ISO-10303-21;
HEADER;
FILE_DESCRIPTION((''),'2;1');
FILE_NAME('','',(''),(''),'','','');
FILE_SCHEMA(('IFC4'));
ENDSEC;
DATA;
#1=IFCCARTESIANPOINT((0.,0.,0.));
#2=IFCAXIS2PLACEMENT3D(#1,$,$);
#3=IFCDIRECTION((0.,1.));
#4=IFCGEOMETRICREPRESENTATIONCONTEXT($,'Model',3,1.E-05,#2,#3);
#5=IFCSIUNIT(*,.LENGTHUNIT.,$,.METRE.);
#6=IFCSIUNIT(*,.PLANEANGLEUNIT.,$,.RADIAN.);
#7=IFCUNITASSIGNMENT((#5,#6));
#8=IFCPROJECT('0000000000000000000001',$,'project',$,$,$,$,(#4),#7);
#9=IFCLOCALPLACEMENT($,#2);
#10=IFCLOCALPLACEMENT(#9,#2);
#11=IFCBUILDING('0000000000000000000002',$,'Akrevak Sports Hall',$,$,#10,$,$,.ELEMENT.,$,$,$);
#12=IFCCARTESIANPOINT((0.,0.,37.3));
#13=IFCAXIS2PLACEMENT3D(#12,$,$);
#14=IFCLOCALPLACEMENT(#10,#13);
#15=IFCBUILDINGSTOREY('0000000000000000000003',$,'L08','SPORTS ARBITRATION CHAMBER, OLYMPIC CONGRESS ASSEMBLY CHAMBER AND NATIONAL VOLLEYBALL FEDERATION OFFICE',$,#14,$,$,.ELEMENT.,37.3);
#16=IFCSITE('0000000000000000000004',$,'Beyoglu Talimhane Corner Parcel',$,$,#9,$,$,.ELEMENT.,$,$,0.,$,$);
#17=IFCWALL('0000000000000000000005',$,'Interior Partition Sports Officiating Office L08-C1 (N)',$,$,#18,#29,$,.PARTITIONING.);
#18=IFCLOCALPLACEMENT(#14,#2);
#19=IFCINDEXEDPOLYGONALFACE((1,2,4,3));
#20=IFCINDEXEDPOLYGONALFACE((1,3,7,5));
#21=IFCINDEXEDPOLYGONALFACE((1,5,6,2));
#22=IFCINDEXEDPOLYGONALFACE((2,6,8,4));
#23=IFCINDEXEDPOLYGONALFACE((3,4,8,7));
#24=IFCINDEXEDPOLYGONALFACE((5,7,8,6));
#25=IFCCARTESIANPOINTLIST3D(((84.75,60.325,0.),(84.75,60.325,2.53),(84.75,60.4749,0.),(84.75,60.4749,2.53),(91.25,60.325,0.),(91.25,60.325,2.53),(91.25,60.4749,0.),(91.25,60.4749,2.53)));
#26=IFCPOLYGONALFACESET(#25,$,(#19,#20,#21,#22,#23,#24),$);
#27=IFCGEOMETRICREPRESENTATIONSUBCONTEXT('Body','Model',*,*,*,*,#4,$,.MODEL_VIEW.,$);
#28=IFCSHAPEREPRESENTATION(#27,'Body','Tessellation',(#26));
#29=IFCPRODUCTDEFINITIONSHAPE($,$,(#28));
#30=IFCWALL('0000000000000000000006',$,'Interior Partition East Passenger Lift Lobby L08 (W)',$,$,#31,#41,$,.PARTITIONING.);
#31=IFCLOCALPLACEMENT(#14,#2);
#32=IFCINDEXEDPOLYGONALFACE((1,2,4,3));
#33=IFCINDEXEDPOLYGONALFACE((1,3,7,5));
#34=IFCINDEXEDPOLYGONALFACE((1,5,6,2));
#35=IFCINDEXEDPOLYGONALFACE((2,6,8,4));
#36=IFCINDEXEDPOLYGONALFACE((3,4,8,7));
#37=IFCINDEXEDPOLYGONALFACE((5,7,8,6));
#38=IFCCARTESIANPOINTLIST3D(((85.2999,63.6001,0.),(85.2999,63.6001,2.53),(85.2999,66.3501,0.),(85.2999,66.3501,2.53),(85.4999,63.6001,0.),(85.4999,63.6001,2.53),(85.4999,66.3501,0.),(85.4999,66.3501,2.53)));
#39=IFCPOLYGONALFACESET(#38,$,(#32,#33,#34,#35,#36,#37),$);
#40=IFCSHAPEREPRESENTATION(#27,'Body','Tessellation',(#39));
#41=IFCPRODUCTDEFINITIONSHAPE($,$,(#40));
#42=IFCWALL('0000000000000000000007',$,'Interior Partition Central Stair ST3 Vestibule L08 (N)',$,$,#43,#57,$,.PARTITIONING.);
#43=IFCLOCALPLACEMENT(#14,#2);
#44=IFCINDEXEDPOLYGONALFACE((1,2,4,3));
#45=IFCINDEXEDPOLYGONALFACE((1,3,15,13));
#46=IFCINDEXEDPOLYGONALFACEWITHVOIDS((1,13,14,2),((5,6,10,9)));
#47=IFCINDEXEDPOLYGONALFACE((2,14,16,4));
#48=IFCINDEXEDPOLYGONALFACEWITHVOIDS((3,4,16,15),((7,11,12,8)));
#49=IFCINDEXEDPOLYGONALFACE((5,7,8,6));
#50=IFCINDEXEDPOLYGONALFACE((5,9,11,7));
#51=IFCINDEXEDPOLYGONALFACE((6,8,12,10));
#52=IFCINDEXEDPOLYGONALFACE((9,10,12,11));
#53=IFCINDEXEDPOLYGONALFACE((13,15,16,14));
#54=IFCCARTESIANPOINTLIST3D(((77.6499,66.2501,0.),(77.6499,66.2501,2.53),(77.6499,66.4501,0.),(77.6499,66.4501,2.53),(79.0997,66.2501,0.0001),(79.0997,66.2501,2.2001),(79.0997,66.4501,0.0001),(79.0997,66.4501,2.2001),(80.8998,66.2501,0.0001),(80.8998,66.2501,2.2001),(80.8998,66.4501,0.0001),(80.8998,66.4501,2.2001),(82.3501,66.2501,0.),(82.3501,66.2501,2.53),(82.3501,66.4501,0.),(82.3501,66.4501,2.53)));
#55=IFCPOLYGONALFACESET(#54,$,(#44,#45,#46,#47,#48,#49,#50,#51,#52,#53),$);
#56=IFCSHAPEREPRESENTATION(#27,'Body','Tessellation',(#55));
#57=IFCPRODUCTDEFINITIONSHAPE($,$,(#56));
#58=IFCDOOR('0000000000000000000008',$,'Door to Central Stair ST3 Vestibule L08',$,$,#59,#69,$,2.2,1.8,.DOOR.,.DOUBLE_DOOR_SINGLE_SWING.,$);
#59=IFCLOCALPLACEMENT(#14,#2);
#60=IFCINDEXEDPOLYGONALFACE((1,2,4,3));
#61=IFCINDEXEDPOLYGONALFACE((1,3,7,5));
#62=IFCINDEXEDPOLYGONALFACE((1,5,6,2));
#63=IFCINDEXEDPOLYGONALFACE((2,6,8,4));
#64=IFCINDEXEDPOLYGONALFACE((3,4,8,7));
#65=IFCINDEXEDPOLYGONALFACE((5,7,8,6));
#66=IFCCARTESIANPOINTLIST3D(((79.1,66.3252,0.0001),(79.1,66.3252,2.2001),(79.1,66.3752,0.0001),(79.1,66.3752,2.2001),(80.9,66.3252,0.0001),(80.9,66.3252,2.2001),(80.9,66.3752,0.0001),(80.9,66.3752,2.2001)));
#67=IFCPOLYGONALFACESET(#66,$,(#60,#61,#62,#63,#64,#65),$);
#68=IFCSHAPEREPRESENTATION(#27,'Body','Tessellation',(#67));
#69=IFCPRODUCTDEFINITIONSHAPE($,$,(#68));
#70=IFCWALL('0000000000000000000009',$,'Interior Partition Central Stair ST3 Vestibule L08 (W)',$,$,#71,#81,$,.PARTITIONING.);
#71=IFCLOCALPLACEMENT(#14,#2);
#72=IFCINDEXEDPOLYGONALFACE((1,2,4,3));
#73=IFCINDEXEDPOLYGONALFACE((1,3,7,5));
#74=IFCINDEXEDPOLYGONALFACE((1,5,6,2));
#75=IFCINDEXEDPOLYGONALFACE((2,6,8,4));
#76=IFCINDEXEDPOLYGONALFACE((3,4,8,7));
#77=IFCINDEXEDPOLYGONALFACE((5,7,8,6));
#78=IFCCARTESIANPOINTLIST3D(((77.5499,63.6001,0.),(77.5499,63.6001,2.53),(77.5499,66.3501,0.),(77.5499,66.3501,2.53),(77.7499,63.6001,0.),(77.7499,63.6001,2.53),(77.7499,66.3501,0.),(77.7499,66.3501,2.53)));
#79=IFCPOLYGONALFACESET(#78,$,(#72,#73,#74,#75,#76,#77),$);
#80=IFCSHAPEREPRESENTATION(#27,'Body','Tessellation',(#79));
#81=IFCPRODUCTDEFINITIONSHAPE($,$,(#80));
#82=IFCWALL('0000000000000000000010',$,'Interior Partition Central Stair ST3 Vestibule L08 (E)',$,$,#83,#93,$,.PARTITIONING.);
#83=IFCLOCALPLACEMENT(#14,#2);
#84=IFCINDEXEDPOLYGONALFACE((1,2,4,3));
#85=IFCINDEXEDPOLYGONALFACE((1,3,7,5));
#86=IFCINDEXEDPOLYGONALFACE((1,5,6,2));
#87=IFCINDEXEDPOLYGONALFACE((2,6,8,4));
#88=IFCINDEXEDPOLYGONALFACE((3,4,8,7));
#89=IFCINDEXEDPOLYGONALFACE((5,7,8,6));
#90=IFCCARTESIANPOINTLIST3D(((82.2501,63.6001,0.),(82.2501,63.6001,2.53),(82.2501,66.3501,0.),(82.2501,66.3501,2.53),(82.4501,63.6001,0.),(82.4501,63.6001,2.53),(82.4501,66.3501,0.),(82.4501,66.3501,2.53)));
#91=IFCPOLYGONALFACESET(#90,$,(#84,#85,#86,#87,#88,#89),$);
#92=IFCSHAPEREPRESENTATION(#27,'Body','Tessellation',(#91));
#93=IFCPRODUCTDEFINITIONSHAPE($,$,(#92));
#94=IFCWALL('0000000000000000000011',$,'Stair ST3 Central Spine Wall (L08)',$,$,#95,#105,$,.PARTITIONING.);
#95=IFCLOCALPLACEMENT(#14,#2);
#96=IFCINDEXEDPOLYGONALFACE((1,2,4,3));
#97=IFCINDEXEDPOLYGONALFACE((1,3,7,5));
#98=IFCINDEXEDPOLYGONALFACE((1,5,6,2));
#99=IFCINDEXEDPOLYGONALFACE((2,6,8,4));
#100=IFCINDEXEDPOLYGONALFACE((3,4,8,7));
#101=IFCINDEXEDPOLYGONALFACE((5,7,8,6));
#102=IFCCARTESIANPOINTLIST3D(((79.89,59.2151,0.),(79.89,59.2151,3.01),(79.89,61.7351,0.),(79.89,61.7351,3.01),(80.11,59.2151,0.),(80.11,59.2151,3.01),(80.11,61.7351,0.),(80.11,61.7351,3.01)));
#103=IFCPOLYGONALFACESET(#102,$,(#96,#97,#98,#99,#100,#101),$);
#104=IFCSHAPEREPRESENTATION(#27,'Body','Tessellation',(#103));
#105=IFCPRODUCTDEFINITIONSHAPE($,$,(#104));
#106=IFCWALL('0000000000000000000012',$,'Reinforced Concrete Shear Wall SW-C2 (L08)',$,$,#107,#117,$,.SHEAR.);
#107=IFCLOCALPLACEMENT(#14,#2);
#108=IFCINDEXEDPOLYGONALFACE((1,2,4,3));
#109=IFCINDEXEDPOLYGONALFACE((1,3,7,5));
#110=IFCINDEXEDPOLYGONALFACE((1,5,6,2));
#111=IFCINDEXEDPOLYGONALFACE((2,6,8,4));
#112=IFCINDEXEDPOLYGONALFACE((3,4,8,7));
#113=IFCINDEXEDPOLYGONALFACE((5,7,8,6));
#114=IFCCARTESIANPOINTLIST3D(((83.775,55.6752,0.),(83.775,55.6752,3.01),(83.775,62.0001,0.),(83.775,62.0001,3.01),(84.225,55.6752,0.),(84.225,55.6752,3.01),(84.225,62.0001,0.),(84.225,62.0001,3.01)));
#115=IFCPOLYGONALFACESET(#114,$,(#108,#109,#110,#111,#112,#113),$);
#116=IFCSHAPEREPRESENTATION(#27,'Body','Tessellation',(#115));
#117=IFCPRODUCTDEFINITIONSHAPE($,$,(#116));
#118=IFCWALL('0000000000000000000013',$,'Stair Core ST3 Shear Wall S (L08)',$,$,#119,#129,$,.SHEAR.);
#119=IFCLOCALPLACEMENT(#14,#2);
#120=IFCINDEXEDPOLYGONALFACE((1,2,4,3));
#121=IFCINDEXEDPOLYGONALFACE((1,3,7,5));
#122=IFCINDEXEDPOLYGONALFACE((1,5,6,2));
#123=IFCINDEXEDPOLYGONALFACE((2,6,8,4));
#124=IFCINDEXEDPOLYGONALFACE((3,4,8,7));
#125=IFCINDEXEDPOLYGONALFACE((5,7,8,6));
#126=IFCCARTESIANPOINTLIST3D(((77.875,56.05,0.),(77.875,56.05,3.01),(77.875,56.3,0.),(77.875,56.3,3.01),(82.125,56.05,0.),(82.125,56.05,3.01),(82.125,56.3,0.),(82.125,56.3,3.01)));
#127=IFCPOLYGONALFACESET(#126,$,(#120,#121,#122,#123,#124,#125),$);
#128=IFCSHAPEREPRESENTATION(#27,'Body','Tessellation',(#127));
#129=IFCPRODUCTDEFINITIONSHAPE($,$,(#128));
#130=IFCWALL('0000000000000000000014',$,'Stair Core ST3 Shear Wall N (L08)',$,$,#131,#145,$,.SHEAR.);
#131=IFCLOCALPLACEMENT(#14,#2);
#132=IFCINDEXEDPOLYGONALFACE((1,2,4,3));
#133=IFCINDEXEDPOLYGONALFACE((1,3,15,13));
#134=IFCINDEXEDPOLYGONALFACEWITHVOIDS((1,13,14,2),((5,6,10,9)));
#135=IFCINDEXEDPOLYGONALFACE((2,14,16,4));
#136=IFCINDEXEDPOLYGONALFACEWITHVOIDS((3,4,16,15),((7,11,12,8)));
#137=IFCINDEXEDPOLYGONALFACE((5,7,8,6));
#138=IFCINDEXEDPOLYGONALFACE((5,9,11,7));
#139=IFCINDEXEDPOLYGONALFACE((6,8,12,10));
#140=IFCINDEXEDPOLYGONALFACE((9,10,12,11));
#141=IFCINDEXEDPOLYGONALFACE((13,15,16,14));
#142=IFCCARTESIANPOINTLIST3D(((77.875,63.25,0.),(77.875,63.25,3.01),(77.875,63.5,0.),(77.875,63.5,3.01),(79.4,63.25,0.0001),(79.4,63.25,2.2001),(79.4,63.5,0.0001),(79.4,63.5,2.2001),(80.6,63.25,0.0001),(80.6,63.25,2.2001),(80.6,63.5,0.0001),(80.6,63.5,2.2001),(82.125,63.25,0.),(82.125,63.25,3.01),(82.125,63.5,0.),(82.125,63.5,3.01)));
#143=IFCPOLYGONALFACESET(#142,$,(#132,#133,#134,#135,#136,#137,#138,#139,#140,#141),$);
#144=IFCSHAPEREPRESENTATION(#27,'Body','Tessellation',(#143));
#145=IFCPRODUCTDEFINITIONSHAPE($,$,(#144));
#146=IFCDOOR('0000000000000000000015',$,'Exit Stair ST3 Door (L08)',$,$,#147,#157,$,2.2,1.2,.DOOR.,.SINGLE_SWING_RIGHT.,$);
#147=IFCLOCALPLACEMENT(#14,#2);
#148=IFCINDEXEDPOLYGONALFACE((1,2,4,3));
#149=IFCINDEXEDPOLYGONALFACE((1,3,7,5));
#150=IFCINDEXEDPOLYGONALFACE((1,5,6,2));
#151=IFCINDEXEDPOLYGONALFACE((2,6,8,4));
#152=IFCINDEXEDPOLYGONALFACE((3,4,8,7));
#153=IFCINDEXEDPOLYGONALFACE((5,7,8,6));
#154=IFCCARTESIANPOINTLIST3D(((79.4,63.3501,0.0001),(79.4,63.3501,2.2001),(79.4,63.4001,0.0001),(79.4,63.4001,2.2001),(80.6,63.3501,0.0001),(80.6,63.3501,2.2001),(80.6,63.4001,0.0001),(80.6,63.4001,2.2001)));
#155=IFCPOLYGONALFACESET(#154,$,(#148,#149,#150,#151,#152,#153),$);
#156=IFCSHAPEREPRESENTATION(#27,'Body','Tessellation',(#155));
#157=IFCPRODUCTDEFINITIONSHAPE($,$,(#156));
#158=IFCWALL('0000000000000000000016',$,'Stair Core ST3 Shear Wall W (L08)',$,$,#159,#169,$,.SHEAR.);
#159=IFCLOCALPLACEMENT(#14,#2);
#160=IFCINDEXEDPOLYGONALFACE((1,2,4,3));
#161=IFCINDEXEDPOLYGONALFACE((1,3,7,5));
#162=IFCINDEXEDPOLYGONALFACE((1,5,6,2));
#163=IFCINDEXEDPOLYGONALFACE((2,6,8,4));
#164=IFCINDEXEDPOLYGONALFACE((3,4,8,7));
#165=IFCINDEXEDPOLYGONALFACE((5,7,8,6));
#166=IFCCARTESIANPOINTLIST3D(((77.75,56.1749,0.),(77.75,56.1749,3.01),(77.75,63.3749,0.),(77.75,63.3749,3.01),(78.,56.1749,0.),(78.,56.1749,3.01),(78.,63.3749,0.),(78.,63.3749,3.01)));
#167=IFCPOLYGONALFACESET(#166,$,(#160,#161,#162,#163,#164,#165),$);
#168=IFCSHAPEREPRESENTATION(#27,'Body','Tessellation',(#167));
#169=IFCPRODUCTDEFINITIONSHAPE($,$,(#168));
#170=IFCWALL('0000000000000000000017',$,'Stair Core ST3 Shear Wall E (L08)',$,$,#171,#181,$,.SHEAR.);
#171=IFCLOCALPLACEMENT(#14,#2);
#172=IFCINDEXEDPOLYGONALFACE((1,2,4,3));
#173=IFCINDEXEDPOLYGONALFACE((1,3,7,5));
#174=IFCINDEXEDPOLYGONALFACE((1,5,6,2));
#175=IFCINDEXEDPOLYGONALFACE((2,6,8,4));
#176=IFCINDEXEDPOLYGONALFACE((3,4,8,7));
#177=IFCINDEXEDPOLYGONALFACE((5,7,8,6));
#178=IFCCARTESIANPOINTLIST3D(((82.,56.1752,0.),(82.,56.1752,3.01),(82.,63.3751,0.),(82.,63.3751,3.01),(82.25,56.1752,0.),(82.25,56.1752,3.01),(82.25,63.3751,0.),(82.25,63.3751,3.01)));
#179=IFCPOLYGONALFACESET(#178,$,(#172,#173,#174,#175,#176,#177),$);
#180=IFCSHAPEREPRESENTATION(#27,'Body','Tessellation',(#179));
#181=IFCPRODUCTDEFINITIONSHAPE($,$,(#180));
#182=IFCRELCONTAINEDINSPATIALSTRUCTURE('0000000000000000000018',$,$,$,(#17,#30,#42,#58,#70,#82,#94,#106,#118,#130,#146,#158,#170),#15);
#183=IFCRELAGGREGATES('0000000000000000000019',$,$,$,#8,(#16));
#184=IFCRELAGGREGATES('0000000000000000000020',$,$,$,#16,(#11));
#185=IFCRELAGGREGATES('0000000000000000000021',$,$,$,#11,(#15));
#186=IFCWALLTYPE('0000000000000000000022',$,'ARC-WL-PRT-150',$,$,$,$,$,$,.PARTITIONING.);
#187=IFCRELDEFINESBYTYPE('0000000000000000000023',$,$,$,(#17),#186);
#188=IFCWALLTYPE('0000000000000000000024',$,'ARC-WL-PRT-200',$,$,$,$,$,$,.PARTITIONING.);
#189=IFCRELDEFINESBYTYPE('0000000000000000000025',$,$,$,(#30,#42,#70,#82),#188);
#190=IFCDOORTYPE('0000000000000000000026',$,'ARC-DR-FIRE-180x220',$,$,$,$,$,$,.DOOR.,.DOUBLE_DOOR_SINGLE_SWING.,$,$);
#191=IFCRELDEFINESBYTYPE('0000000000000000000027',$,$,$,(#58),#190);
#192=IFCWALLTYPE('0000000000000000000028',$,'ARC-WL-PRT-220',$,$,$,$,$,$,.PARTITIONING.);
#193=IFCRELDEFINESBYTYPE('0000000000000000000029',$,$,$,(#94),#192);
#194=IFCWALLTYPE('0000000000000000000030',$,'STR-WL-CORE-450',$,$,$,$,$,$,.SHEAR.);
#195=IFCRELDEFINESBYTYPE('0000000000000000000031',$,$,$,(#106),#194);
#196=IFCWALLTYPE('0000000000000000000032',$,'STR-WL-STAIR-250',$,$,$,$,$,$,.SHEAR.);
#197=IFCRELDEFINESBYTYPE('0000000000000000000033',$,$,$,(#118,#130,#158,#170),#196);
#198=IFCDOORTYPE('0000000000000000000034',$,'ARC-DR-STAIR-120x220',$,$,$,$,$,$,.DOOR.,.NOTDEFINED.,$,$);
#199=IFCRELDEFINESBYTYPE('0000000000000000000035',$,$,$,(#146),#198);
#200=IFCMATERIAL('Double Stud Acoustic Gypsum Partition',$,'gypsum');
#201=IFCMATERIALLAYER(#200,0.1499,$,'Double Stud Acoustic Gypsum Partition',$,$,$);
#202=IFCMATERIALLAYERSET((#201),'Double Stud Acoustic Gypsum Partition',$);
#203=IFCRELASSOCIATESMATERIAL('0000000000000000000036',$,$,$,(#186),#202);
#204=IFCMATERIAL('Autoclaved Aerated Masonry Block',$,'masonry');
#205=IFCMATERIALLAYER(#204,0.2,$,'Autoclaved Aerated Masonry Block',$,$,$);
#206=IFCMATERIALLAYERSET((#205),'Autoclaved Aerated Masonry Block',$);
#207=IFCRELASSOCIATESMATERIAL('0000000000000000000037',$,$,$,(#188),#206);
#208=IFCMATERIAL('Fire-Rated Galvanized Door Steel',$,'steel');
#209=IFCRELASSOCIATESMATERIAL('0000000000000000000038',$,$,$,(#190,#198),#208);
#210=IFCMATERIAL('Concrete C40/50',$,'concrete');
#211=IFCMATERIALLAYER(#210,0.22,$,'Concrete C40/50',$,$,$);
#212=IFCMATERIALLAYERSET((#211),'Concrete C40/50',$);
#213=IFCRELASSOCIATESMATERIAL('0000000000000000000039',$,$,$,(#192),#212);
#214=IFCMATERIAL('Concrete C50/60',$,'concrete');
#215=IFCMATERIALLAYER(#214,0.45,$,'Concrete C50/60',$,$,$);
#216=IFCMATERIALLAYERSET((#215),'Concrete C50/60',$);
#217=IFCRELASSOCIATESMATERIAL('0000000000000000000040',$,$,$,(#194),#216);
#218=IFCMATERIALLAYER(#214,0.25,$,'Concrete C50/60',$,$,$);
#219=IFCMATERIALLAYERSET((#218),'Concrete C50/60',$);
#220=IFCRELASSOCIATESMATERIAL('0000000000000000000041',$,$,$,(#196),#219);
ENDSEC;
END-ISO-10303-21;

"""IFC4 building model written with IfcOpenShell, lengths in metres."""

from ifc_helpers import new_model, si_unit, direction, frame, frame_2d, origin, place, context, subcontext, project, spatial, rectangle, extrude, material, layer, layer_set, type_object, element, fill, save


model = new_model("IFC4")

# Units and contexts
model_context = context("Model", 3, precision=1e-05, world=origin(), true_north=direction((0.0, 1.0)))
body_context = subcontext(model_context, "Body", "Model", "MODEL_VIEW")
ifc_project = project(units=[si_unit("LENGTHUNIT", "METRE"), si_unit("PLANEANGLEUNIT", "RADIAN")], contexts=[model_context])

# Site, building, storey
site_placement = place(None, origin())
site = spatial("IfcSite", under=ifc_project, at=site_placement, Name="Beyoglu Talimhane Corner Parcel", CompositionType="ELEMENT", RefElevation=0.0)
building_placement = place(site_placement, origin())
building = spatial("IfcBuilding", under=site, at=building_placement, Name="Akrevak Sports Hall", CompositionType="ELEMENT")
storey_placement = place(building_placement, frame((0.0, 0.0, 37.3)))
storey = spatial("IfcBuildingStorey", under=building, at=storey_placement, Name="L08", Description="SPORTS ARBITRATION CHAMBER, OLYMPIC CONGRESS ASSEMBLY CHAMBER AND NATIONAL VOLLEYBALL FEDERATION OFFICE", CompositionType="ELEMENT", Elevation=37.3)

# Shared definitions
ifc_material_1 = material(Name="Concrete C40/50", Category="concrete")

# Walls
ifc_material_2 = material(Name="Double Stud Acoustic Gypsum Partition", Category="gypsum")
ifc_layer_1 = layer(ifc_material_2, 0.1499, Name="Double Stud Acoustic Gypsum Partition")
ifc_layer_set_1 = layer_set([ifc_layer_1], Name="Double Stud Acoustic Gypsum Partition")
wall_type_1 = type_object("IfcWallType", Name="ARC-WL-PRT-150", PredefinedType="PARTITIONING", material=ifc_layer_set_1)
wall_1_placement = place(storey_placement, frame((84.75, 60.3999, 0.0), z_axis=(0.0, 0.0, 1.0), x_axis=(1.0, 0.0, 0.0)))
element("IfcWall", 1, at=wall_1_placement, inside=storey, type_object=wall_type_1, Name="Interior Partition Sports Officiating Office L08-C1 (N)", PredefinedType="PARTITIONING", context=body_context, shape_type="SweptSolid", body=[
    extrude(rectangle(XDim=6.5, YDim=0.1499, at=frame_2d((3.25, 0.0))), origin(), (0.0, 0.0, 1.0), 2.53),
])
ifc_material_3 = material(Name="Autoclaved Aerated Masonry Block", Category="masonry")
ifc_layer_2 = layer(ifc_material_3, 0.2, Name="Autoclaved Aerated Masonry Block")
ifc_layer_set_2 = layer_set([ifc_layer_2], Name="Autoclaved Aerated Masonry Block")
wall_type_2 = type_object("IfcWallType", Name="ARC-WL-PRT-200", PredefinedType="PARTITIONING", material=ifc_layer_set_2)
wall_2_placement = place(storey_placement, frame((85.3999, 63.6001, 0.0), z_axis=(0.0, 0.0, 1.0), x_axis=(0.0, 1.0, 0.0)))
element("IfcWall", 2, at=wall_2_placement, inside=storey, type_object=wall_type_2, Name="Interior Partition East Passenger Lift Lobby L08 (W)", PredefinedType="PARTITIONING", context=body_context, shape_type="SweptSolid", body=[
    extrude(rectangle(XDim=2.75, YDim=0.2, at=frame_2d((1.375, 0.0))), origin(), (0.0, 0.0, 1.0), 2.53),
])

# Wall, opening, door
wall_3_placement = place(storey_placement, frame((77.6499, 66.3501, 0.0), z_axis=(0.0, 0.0, 1.0), x_axis=(1.0, 0.0, 0.0)))
wall_3 = element("IfcWall", 3, at=wall_3_placement, inside=storey, type_object=wall_type_2, Name="Interior Partition Central Stair ST3 Vestibule L08 (N)", PredefinedType="PARTITIONING", context=body_context, shape_type="SweptSolid", body=[
    extrude(rectangle(XDim=4.7002, YDim=0.2, at=frame_2d((2.3501, 0.0))), origin(), (0.0, 0.0, 1.0), 2.53),
])
opening_1_placement = place(wall_3_placement, frame((1.45, 0.0, 0.0)))
opening_1 = element("IfcOpeningElement", 4, at=opening_1_placement, cuts=wall_3, PredefinedType="OPENING", context=body_context, shape_type="SweptSolid", body=[
    extrude(rectangle(XDim=1.8, YDim=2.2, at=frame_2d((0.8999, 1.1001))), frame((0.0, 0.1118, 0.0), z_axis=(0.0, -1.0, 0.0), x_axis=(1.0, 0.0, 0.0)), (0.0, 0.0, 1.0), 0.2239),
])
ifc_material_4 = material(Name="Fire-Rated Galvanized Door Steel", Category="steel")
door_type_1 = type_object("IfcDoorType", Name="ARC-DR-FIRE-180x220", OperationType="DOUBLE_DOOR_SINGLE_SWING", PredefinedType="DOOR", material=ifc_material_4)
door_1_placement = place(opening_1_placement, frame((1.8, 0.0, 0.0), z_axis=(0.0, 0.0, 1.0), x_axis=(-1.0, 0.0, 0.0)))
door_1 = element("IfcDoor", 5, at=door_1_placement, inside=storey, type_object=door_type_1, Name="Door to Central Stair ST3 Vestibule L08", OperationType="DOUBLE_DOOR_SINGLE_SWING", OverallHeight=2.2, OverallWidth=1.8, PredefinedType="DOOR", context=body_context, shape_type="SweptSolid", body=[
    extrude(rectangle(XDim=1.8, YDim=2.2, at=frame_2d((0.8999, 1.1001))), frame((0.0, 0.0249, 0.0), z_axis=(0.0, -1.0, 0.0), x_axis=(1.0, 0.0, 0.0)), (0.0, 0.0, 1.0), 0.05),
])
fill(opening_1, door_1)

# Walls
for number, where, z_axis, x_axis, name in (
    (6, (77.6499, 63.6001, 0.0), (0.0, 0.0, 1.0), (0.0, 1.0, 0.0), "Interior Partition Central Stair ST3 Vestibule L08 (W)"),
    (7, (82.3501, 63.6001, 0.0), (0.0, 0.0, 1.0), (0.0, 1.0, 0.0), "Interior Partition Central Stair ST3 Vestibule L08 (E)"),
):
    element("IfcWall", number, at=place(storey_placement, frame(where, z_axis=z_axis, x_axis=x_axis)), inside=storey, type_object=wall_type_2, Name=name, PredefinedType="PARTITIONING", context=body_context, shape_type="SweptSolid", body=[
        extrude(rectangle(XDim=2.75, YDim=0.2, at=frame_2d((1.375, 0.0))), origin(), (0.0, 0.0, 1.0), 2.53),
    ])
ifc_layer_3 = layer(ifc_material_1, 0.22, Name="Concrete C40/50")
ifc_layer_set_3 = layer_set([ifc_layer_3], Name="Concrete C40/50")
wall_type_3 = type_object("IfcWallType", Name="ARC-WL-PRT-220", PredefinedType="PARTITIONING", material=ifc_layer_set_3)
wall_4_placement = place(storey_placement, frame((80.0, 59.2151, 0.0), z_axis=(0.0, 0.0, 1.0), x_axis=(0.0, 1.0, 0.0)))
element("IfcWall", 8, at=wall_4_placement, inside=storey, type_object=wall_type_3, Name="Stair ST3 Central Spine Wall (L08)", PredefinedType="PARTITIONING", context=body_context, shape_type="SweptSolid", body=[
    extrude(rectangle(XDim=2.52, YDim=0.22, at=frame_2d((1.26, 0.0))), origin(), (0.0, 0.0, 1.0), 3.01),
])
ifc_material_5 = material(Name="Concrete C50/60", Category="concrete")
ifc_layer_4 = layer(ifc_material_5, 0.45, Name="Concrete C50/60")
ifc_layer_set_4 = layer_set([ifc_layer_4], Name="Concrete C50/60")
wall_type_4 = type_object("IfcWallType", Name="STR-WL-CORE-450", PredefinedType="SHEAR", material=ifc_layer_set_4)
wall_5_placement = place(storey_placement, frame((84.0, 55.675, 0.0), z_axis=(0.0, 0.0, 1.0), x_axis=(0.0, 1.0, 0.0)))
element("IfcWall", 9, at=wall_5_placement, inside=storey, type_object=wall_type_4, Name="Reinforced Concrete Shear Wall SW-C2 (L08)", PredefinedType="SHEAR", context=body_context, shape_type="SweptSolid", body=[
    extrude(rectangle(XDim=6.325, YDim=0.45, at=frame_2d((3.1626, 0.0))), origin(), (0.0, 0.0, 1.0), 3.01),
])
ifc_layer_5 = layer(ifc_material_5, 0.25, Name="Concrete C50/60")
ifc_layer_set_5 = layer_set([ifc_layer_5], Name="Concrete C50/60")
wall_type_5 = type_object("IfcWallType", Name="STR-WL-STAIR-250", PredefinedType="SHEAR", material=ifc_layer_set_5)
wall_6_placement = place(storey_placement, frame((77.875, 56.175, 0.0), z_axis=(0.0, 0.0, 1.0), x_axis=(1.0, 0.0, 0.0)))
element("IfcWall", 10, at=wall_6_placement, inside=storey, type_object=wall_type_5, Name="Stair Core ST3 Shear Wall S (L08)", PredefinedType="SHEAR", context=body_context, shape_type="SweptSolid", body=[
    extrude(rectangle(XDim=4.25, YDim=0.25, at=frame_2d((2.125, 0.0))), origin(), (0.0, 0.0, 1.0), 3.01),
])

# Wall, opening, door
wall_7_placement = place(storey_placement, frame((82.125, 63.375, 0.0), z_axis=(0.0, 0.0, 1.0), x_axis=(-1.0, 0.0, 0.0)))
wall_7 = element("IfcWall", 11, at=wall_7_placement, inside=storey, type_object=wall_type_5, Name="Stair Core ST3 Shear Wall N (L08)", PredefinedType="SHEAR", context=body_context, shape_type="SweptSolid", body=[
    extrude(rectangle(XDim=4.25, YDim=0.25, at=frame_2d((2.125, 0.0))), origin(), (0.0, 0.0, 1.0), 3.01),
])
opening_2_placement = place(wall_7_placement, frame((1.5249, 0.0, 0.0)))
opening_2 = element("IfcOpeningElement", 12, at=opening_2_placement, cuts=wall_7, PredefinedType="OPENING", context=body_context, shape_type="SweptSolid", body=[
    extrude(rectangle(XDim=1.2, YDim=2.2, at=frame_2d((0.6001, 1.1001))), frame((0.0, 0.137, 0.0), z_axis=(0.0, -1.0, 0.0), x_axis=(1.0, 0.0, 0.0)), (0.0, 0.0, 1.0), 0.2739),
])
door_type_2 = type_object("IfcDoorType", Name="ARC-DR-STAIR-120x220", OperationType="NOTDEFINED", PredefinedType="DOOR", material=ifc_material_4)
door_2_placement = place(opening_2_placement, origin())
door_2 = element("IfcDoor", 13, at=door_2_placement, inside=storey, type_object=door_type_2, Name="Exit Stair ST3 Door (L08)", OperationType="SINGLE_SWING_RIGHT", OverallHeight=2.2, OverallWidth=1.2, PredefinedType="DOOR", context=body_context, shape_type="SweptSolid", body=[
    extrude(rectangle(XDim=1.2, YDim=2.2, at=frame_2d((0.6001, 1.1001))), frame((0.0, 0.0249, 0.0), z_axis=(0.0, -1.0, 0.0), x_axis=(1.0, 0.0, 0.0)), (0.0, 0.0, 1.0), 0.05),
])
fill(opening_2, door_2)

# Walls
for number, where, z_axis, x_axis, name in (
    (14, (77.875, 63.375, 0.0), (0.0, 0.0, 1.0), (0.0, -1.0, 0.0), "Stair Core ST3 Shear Wall W (L08)"),
    (15, (82.125, 56.175, 0.0), (0.0, 0.0, 1.0), (0.0, 1.0, 0.0), "Stair Core ST3 Shear Wall E (L08)"),
):
    element("IfcWall", number, at=place(storey_placement, frame(where, z_axis=z_axis, x_axis=x_axis)), inside=storey, type_object=wall_type_5, Name=name, PredefinedType="SHEAR", context=body_context, shape_type="SweptSolid", body=[
        extrude(rectangle(XDim=7.2, YDim=0.25, at=frame_2d((3.6001, 0.0))), origin(), (0.0, 0.0, 1.0), 3.01),
    ])

save(model, "model.ifc")
